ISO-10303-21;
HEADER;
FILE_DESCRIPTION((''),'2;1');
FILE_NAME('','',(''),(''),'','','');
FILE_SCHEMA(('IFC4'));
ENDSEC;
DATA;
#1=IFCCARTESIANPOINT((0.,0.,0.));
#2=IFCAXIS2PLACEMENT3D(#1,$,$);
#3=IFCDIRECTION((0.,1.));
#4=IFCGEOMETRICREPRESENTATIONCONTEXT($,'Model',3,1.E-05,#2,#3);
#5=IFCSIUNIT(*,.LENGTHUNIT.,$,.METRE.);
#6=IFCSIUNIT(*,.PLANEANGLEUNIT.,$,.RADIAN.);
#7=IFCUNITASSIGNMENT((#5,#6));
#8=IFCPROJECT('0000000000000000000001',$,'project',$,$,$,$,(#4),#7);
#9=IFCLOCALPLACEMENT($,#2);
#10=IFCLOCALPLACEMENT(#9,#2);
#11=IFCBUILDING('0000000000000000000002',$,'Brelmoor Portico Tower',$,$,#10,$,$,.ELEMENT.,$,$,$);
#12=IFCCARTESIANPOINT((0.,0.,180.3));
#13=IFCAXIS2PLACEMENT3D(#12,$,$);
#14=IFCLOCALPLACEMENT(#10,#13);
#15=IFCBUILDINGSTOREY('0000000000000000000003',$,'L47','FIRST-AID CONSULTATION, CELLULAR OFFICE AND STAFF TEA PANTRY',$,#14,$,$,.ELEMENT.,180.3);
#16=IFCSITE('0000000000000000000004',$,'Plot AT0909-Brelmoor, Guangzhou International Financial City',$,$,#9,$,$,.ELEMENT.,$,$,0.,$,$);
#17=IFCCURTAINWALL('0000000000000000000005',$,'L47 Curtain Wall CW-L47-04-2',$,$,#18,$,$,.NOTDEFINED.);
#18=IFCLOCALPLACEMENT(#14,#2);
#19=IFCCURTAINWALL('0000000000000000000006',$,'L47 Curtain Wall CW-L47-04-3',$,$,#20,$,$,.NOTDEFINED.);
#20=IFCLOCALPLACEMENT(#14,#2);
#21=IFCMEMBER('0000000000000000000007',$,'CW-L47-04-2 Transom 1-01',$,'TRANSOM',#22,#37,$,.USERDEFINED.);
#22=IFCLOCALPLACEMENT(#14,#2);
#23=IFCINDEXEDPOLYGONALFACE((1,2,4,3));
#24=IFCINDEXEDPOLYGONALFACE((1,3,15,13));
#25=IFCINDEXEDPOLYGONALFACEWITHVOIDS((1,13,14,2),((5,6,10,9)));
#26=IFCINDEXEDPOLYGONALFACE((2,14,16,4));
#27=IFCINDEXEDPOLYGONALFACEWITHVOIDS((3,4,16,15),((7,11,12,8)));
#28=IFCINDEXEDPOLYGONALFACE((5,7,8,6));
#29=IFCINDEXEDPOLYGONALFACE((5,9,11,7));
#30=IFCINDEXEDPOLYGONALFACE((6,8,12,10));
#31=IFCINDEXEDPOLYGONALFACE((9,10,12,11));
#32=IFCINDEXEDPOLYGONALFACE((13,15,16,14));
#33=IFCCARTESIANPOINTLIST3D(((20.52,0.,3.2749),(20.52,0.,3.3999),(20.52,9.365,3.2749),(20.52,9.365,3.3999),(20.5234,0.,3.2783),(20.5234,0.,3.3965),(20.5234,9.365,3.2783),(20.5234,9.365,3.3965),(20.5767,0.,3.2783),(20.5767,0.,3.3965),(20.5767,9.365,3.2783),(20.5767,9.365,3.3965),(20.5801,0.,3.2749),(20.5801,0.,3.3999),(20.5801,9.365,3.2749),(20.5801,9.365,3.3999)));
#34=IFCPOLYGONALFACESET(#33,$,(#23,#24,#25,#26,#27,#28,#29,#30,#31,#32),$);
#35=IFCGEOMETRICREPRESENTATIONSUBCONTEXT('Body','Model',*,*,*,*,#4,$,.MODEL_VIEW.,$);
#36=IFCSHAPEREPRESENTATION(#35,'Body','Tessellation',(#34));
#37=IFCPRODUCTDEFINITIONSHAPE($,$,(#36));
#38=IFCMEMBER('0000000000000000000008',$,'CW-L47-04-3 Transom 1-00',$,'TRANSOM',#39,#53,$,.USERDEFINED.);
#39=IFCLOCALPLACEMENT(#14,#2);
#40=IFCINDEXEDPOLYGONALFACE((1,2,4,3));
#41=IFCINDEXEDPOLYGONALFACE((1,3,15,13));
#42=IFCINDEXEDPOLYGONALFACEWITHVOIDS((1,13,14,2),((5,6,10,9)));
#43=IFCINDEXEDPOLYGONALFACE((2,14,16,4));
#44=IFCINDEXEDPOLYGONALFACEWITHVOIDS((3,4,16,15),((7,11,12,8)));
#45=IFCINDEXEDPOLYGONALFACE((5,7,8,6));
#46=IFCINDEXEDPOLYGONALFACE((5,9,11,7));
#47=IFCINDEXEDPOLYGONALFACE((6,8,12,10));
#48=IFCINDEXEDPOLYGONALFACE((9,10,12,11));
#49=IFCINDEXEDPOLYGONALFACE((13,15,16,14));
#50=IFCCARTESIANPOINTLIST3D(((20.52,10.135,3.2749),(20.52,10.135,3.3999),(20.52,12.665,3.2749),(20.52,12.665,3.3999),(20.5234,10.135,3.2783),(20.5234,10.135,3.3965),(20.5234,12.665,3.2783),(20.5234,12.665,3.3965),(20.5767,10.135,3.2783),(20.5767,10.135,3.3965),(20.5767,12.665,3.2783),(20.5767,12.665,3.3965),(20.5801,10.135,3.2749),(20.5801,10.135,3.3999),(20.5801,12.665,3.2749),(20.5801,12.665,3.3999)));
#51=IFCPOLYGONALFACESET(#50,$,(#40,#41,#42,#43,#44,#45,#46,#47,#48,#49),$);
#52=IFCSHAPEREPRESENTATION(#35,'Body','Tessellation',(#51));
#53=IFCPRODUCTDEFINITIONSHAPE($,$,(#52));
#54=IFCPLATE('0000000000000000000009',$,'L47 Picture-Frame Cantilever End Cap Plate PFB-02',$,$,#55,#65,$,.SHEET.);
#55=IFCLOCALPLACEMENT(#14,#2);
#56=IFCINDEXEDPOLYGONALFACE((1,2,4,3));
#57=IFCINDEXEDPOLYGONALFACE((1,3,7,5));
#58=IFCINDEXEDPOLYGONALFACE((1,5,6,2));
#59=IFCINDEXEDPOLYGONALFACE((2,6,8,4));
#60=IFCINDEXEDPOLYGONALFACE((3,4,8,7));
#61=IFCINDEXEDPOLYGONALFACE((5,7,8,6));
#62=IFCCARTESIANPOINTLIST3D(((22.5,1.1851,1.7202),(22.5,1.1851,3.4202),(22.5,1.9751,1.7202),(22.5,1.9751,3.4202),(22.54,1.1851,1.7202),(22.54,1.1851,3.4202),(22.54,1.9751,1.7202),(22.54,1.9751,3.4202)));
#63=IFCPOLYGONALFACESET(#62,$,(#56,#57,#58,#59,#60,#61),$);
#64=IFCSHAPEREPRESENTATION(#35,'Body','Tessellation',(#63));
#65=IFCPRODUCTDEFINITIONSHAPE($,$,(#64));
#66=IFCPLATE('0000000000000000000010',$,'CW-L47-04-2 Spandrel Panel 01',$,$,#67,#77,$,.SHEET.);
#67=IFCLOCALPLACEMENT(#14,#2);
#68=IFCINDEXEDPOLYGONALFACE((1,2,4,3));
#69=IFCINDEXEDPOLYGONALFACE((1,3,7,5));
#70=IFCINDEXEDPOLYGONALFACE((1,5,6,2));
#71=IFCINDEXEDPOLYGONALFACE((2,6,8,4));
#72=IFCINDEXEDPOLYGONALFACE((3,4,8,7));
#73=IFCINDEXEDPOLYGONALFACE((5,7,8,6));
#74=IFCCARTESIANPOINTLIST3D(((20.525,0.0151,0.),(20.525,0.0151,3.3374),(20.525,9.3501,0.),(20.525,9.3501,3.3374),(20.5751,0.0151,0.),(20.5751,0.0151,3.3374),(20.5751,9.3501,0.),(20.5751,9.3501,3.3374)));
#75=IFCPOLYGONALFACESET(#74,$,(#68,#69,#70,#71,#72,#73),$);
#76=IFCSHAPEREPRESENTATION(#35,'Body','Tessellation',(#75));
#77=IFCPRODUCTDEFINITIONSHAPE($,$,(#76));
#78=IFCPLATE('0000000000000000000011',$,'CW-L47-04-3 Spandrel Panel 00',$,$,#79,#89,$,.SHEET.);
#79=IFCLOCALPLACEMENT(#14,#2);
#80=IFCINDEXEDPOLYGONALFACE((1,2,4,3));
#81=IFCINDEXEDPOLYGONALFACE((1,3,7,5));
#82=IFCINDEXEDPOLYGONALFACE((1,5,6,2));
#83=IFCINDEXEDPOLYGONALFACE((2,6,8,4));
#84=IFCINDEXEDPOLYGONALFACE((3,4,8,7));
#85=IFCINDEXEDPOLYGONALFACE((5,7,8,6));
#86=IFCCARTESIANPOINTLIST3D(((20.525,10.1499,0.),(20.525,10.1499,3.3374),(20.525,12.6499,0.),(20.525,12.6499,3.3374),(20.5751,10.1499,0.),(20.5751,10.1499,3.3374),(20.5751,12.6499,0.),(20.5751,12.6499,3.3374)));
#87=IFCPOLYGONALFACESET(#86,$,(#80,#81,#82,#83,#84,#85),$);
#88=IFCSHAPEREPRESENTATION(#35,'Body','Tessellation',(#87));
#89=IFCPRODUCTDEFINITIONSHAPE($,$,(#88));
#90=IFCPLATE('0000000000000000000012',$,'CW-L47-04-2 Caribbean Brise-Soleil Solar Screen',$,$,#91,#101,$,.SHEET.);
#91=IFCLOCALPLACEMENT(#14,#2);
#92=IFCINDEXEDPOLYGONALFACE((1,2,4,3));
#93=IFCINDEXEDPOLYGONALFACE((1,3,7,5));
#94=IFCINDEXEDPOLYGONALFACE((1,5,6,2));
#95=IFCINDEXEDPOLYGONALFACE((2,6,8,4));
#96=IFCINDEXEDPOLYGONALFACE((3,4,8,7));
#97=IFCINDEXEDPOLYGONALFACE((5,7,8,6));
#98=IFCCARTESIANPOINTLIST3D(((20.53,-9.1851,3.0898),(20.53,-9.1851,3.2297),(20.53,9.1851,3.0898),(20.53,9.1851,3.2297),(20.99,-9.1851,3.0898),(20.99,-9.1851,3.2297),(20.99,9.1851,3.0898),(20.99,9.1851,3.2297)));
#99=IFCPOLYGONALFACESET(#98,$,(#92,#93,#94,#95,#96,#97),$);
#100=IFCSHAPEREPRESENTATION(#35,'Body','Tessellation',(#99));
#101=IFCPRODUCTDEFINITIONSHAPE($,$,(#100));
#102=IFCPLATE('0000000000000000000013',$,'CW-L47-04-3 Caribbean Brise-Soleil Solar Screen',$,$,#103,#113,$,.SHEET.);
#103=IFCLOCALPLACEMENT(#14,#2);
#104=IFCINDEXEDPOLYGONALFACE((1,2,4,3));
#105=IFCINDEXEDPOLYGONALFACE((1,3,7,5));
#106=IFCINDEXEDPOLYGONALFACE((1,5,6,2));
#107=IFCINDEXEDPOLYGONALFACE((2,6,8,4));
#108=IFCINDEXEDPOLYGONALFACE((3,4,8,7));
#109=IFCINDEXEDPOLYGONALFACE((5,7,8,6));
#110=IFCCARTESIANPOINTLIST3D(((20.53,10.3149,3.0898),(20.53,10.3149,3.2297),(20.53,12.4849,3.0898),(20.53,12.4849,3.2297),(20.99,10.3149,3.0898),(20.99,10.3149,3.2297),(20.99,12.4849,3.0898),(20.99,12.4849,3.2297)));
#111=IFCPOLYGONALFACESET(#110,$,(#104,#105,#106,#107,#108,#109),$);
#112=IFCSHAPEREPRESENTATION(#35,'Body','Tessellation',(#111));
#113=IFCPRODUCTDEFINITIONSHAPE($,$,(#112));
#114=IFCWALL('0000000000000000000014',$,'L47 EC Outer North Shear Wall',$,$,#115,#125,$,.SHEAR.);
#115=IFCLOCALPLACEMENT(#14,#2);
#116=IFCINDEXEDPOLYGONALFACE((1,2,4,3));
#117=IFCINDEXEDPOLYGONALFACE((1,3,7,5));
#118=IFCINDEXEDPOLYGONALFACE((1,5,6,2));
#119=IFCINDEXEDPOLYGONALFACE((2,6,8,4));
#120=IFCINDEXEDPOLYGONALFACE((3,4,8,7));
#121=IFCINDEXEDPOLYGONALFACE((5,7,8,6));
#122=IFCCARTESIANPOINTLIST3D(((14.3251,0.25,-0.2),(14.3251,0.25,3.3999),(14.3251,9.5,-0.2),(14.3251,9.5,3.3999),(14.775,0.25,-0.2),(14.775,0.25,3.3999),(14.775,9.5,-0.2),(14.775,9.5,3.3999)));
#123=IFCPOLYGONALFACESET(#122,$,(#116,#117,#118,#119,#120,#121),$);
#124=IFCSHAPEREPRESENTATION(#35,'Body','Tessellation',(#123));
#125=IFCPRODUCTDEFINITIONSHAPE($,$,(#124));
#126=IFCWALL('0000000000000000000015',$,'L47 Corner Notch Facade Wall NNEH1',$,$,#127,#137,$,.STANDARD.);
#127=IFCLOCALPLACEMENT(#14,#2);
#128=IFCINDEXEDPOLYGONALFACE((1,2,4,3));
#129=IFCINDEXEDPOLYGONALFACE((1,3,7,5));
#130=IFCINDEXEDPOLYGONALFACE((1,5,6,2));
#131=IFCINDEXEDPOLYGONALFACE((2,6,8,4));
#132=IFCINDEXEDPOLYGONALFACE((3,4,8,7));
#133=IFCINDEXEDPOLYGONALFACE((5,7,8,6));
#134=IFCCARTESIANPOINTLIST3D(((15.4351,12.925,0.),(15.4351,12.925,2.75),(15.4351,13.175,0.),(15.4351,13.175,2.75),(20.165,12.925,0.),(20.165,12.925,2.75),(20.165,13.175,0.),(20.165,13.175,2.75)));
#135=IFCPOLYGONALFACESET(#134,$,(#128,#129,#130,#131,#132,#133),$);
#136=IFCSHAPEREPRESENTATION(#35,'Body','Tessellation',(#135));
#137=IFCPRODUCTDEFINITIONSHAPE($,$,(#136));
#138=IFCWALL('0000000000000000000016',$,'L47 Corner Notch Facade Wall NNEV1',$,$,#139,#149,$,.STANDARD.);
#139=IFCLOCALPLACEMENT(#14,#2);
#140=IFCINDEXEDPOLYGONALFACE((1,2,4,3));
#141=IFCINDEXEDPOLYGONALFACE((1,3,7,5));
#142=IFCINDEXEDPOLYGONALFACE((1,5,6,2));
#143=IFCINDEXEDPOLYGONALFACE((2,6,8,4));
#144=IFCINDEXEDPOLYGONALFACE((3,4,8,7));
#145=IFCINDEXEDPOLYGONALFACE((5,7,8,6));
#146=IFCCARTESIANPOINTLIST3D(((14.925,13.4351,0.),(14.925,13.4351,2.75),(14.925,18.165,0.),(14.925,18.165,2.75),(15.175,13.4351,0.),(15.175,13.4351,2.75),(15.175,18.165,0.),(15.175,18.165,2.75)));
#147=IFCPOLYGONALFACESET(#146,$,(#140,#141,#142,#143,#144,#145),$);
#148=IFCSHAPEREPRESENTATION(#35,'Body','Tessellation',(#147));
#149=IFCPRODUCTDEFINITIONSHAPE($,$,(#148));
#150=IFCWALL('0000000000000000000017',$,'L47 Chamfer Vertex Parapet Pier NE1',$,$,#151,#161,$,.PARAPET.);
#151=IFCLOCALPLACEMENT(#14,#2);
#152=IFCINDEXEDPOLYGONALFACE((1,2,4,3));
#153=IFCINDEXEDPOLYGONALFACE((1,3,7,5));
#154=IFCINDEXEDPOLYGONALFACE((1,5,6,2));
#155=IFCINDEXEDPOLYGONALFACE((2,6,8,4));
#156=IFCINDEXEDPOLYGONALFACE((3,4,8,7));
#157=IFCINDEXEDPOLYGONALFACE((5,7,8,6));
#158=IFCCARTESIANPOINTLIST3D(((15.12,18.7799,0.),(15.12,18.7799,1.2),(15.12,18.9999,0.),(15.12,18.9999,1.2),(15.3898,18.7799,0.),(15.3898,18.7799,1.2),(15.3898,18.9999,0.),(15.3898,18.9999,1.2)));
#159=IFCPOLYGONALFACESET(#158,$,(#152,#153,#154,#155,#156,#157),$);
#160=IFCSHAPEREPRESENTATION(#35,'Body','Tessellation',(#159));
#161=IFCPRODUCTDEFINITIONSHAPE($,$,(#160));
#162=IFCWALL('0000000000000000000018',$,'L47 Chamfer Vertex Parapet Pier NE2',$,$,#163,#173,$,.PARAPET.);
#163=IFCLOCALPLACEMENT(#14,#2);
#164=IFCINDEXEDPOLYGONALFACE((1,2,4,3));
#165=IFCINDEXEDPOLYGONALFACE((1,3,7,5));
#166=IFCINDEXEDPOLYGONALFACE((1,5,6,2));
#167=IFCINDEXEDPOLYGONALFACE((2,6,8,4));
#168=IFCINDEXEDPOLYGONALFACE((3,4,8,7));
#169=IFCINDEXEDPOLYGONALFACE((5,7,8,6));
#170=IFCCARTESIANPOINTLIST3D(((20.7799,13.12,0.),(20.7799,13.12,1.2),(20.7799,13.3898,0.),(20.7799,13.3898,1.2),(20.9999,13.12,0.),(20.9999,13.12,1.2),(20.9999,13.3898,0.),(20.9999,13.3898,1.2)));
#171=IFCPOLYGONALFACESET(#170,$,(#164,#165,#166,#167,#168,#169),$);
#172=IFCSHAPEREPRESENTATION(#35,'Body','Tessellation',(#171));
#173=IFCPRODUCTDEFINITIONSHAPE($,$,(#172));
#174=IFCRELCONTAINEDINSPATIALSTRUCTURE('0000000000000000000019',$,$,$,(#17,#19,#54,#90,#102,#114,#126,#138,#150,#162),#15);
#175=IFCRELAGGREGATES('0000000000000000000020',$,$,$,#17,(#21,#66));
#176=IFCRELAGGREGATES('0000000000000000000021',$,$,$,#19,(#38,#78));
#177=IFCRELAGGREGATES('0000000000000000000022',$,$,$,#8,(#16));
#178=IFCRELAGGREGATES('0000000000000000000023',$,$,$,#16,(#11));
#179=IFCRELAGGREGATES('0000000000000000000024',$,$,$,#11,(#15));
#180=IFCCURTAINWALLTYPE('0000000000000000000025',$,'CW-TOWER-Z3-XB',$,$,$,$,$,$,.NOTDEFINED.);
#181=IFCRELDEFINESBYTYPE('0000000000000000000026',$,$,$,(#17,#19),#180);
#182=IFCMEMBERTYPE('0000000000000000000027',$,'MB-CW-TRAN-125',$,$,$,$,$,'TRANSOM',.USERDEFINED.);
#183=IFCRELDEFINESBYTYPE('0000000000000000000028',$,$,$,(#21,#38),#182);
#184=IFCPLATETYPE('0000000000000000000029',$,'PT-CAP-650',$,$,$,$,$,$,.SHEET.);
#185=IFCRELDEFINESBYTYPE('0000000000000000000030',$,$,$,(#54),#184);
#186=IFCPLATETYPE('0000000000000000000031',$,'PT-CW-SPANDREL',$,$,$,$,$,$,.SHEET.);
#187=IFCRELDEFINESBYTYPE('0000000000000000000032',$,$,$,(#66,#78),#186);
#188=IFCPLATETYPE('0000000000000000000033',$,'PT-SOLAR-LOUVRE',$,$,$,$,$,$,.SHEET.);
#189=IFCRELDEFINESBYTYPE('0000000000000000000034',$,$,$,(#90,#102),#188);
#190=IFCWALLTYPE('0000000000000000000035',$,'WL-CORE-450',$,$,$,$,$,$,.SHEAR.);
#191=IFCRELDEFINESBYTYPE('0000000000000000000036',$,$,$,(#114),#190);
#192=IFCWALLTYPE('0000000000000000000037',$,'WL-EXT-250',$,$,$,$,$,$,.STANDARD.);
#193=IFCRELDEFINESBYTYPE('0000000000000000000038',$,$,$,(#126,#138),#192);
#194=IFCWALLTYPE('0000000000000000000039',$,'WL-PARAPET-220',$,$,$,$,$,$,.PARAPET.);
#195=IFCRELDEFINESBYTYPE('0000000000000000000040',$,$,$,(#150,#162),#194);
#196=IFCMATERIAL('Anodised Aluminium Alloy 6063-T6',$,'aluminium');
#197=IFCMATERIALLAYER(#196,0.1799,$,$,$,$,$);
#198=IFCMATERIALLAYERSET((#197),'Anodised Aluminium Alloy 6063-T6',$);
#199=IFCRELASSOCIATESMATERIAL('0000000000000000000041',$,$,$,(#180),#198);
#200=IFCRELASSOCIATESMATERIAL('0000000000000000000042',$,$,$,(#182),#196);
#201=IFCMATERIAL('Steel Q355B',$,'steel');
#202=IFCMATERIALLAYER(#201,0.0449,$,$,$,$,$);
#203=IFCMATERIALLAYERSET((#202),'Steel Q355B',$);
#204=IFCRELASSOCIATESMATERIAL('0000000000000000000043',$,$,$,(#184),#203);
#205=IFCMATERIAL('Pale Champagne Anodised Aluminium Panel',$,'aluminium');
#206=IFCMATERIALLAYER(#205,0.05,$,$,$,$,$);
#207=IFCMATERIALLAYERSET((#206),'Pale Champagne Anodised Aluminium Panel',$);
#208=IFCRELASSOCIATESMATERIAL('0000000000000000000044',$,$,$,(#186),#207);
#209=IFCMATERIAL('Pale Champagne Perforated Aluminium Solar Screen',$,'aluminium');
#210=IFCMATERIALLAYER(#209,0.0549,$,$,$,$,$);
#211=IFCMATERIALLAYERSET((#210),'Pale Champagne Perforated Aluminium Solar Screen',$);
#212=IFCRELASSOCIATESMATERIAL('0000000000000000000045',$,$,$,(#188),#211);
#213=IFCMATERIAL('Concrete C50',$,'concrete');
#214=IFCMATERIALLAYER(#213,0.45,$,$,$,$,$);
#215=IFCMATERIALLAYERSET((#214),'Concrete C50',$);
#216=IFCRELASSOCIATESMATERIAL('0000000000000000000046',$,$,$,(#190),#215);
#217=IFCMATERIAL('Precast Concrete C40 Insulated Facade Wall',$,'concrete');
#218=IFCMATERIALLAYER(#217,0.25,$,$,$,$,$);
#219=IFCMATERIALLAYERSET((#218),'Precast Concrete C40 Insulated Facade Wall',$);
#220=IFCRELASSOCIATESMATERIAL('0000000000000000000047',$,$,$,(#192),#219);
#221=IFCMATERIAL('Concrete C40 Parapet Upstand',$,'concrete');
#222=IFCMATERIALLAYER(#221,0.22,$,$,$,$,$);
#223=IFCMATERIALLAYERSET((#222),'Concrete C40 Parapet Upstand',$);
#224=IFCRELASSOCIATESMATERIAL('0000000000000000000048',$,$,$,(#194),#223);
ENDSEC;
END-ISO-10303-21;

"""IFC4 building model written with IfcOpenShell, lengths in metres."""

from ifc_helpers import new_model, si_unit, direction, frame, frame_2d, origin, origin_2d, place, context, subcontext, project, spatial, rectangle, hollow_rectangle, extrude, material, layer, layer_set, material_profile, profile_set, type_object, element, aggregate, save


model = new_model("IFC4")

# Units and contexts
model_context = context("Model", 3, precision=1e-05, world=origin(), true_north=direction((0.0, 1.0)))
body_context = subcontext(model_context, "Body", "Model", "MODEL_VIEW")
ifc_project = project(units=[si_unit("LENGTHUNIT", "METRE"), si_unit("PLANEANGLEUNIT", "RADIAN")], contexts=[model_context])

# Site, building, storey
site_placement = place(None, origin())
site = spatial("IfcSite", under=ifc_project, at=site_placement, Name="Plot AT0909-Brelmoor, Guangzhou International Financial City", CompositionType="ELEMENT", RefElevation=0.0)
building_placement = place(site_placement, origin())
building = spatial("IfcBuilding", under=site, at=building_placement, Name="Brelmoor Portico Tower", CompositionType="ELEMENT")
storey_placement = place(building_placement, frame((0.0, 0.0, 180.3)))
storey = spatial("IfcBuildingStorey", under=building, at=storey_placement, Name="L47", Description="FIRST-AID CONSULTATION, CELLULAR OFFICE AND STAFF TEA PANTRY", CompositionType="ELEMENT", Elevation=180.3)

# Shared definitions
ifc_material_1 = material(Name="Steel Q355B", Category="steel")

# Shared definitions
ifc_material_2 = material(Name="Anodised Aluminium Alloy 6063-T6", Category="aluminium")
ifc_layer_1 = layer(ifc_material_2, 0.1799)
ifc_layer_set_1 = layer_set([ifc_layer_1], Name="Anodised Aluminium Alloy 6063-T6")
curtain_wall_type = type_object("IfcCurtainWallType", Name="CW-TOWER-Z3-XB", PredefinedType="NOTDEFINED", material=ifc_layer_set_1)

# Curtain walls
curtain_wall_1_placement = place(storey_placement, origin())
curtain_wall_1 = element("IfcCurtainWall", 1, at=curtain_wall_1_placement, inside=storey, type_object=curtain_wall_type, Name="L47 Curtain Wall CW-L47-04-2", PredefinedType="NOTDEFINED")
curtain_wall_2_placement = place(storey_placement, origin())
curtain_wall_2 = element("IfcCurtainWall", 2, at=curtain_wall_2_placement, inside=storey, type_object=curtain_wall_type, Name="L47 Curtain Wall CW-L47-04-3", PredefinedType="NOTDEFINED")

# Members
ifc_material_profile_1 = material_profile(ifc_material_2, hollow_rectangle(XDim=0.0601, YDim=0.125, WallThickness=0.0034, at=origin_2d()), Name="ALU TRANSOM 60x125")
ifc_profile_set_1 = profile_set([ifc_material_profile_1], Name="Anodised Aluminium Alloy 6063-T6")
member_type_1 = type_object("IfcMemberType", Name="MB-CW-TRAN-125", ElementType="TRANSOM", PredefinedType="USERDEFINED", material=ifc_profile_set_1)
member_1_placement = place(storey_placement, frame((20.55, 0.0, 3.3374), z_axis=(0.0, 1.0, 0.0), x_axis=(-1.0, 0.0, 0.0)))
member_1 = element("IfcMember", 3, at=member_1_placement, type_object=member_type_1, Name="CW-L47-04-2 Transom 1-01", ObjectType="TRANSOM", PredefinedType="USERDEFINED", context=body_context, shape_type="SweptSolid", body=[
    extrude(hollow_rectangle(XDim=0.0601, YDim=0.125, WallThickness=0.0034, at=origin_2d()), origin(), (0.0, 0.0, 1.0), 9.365),
])
member_2_placement = place(storey_placement, frame((20.55, 10.135, 3.3374), z_axis=(0.0, 1.0, 0.0), x_axis=(-1.0, 0.0, 0.0)))
member_2 = element("IfcMember", 4, at=member_2_placement, type_object=member_type_1, Name="CW-L47-04-3 Transom 1-00", ObjectType="TRANSOM", PredefinedType="USERDEFINED", context=body_context, shape_type="SweptSolid", body=[
    extrude(hollow_rectangle(XDim=0.0601, YDim=0.125, WallThickness=0.0034, at=origin_2d()), origin(), (0.0, 0.0, 1.0), 2.53),
])

# Plates
ifc_layer_2 = layer(ifc_material_1, 0.0449)
ifc_layer_set_2 = layer_set([ifc_layer_2], Name="Steel Q355B")
plate_type_1 = type_object("IfcPlateType", Name="PT-CAP-650", PredefinedType="SHEET", material=ifc_layer_set_2)
plate_1_placement = place(storey_placement, frame((22.52, 1.5801, 1.7202), z_axis=(0.0, 0.0, 1.0), x_axis=(1.0, 0.0, 0.0)))
element("IfcPlate", 5, at=plate_1_placement, inside=storey, type_object=plate_type_1, Name="L47 Picture-Frame Cantilever End Cap Plate PFB-02", PredefinedType="SHEET", context=body_context, shape_type="SweptSolid", body=[
    extrude(rectangle(XDim=0.04, YDim=0.79, at=origin_2d()), origin(), (0.0, 0.0, 1.0), 1.7),
])
ifc_material_3 = material(Name="Pale Champagne Anodised Aluminium Panel", Category="aluminium")
ifc_layer_3 = layer(ifc_material_3, 0.05)
ifc_layer_set_3 = layer_set([ifc_layer_3], Name="Pale Champagne Anodised Aluminium Panel")
plate_type_2 = type_object("IfcPlateType", Name="PT-CW-SPANDREL", PredefinedType="SHEET", material=ifc_layer_set_3)
plate_2_placement = place(storey_placement, frame((20.55, 4.6826, 0.0), z_axis=(0.0, 0.0, 1.0), x_axis=(0.0, 1.0, 0.0)))
plate_2 = element("IfcPlate", 6, at=plate_2_placement, type_object=plate_type_2, Name="CW-L47-04-2 Spandrel Panel 01", PredefinedType="SHEET", context=body_context, shape_type="SweptSolid", body=[
    extrude(rectangle(XDim=9.335, YDim=0.05, at=origin_2d()), origin(), (0.0, 0.0, 1.0), 3.3374),
])
aggregate(curtain_wall_1, [member_1, plate_2])
plate_3_placement = place(storey_placement, frame((20.55, 11.3999, 0.0), z_axis=(0.0, 0.0, 1.0), x_axis=(0.0, 1.0, 0.0)))
plate_3 = element("IfcPlate", 7, at=plate_3_placement, type_object=plate_type_2, Name="CW-L47-04-3 Spandrel Panel 00", PredefinedType="SHEET", context=body_context, shape_type="SweptSolid", body=[
    extrude(rectangle(XDim=2.5, YDim=0.05, at=origin_2d()), origin(), (0.0, 0.0, 1.0), 3.3374),
])
aggregate(curtain_wall_2, [member_2, plate_3])

# Plates
ifc_material_4 = material(Name="Pale Champagne Perforated Aluminium Solar Screen", Category="aluminium")
ifc_layer_4 = layer(ifc_material_4, 0.0549)
ifc_layer_set_4 = layer_set([ifc_layer_4], Name="Pale Champagne Perforated Aluminium Solar Screen")
plate_type_3 = type_object("IfcPlateType", Name="PT-SOLAR-LOUVRE", PredefinedType="SHEET", material=ifc_layer_set_4)
plate_4_placement = place(storey_placement, frame((20.76, 0.0, 3.0898), z_axis=(0.0, 0.0, 1.0), x_axis=(0.0, 1.0, 0.0)))
element("IfcPlate", 8, at=plate_4_placement, inside=storey, type_object=plate_type_3, Name="CW-L47-04-2 Caribbean Brise-Soleil Solar Screen", PredefinedType="SHEET", context=body_context, shape_type="SweptSolid", body=[
    extrude(rectangle(XDim=18.3701, YDim=0.46, at=origin_2d()), origin(), (0.0, 0.0, 1.0), 0.1399),
])
plate_5_placement = place(storey_placement, frame((20.76, 11.3999, 3.0898), z_axis=(0.0, 0.0, 1.0), x_axis=(0.0, 1.0, 0.0)))
element("IfcPlate", 9, at=plate_5_placement, inside=storey, type_object=plate_type_3, Name="CW-L47-04-3 Caribbean Brise-Soleil Solar Screen", PredefinedType="SHEET", context=body_context, shape_type="SweptSolid", body=[
    extrude(rectangle(XDim=2.1699, YDim=0.46, at=origin_2d()), origin(), (0.0, 0.0, 1.0), 0.1399),
])

# Walls
ifc_material_5 = material(Name="Concrete C50", Category="concrete")
ifc_layer_5 = layer(ifc_material_5, 0.45)
ifc_layer_set_5 = layer_set([ifc_layer_5], Name="Concrete C50")
wall_type_1 = type_object("IfcWallType", Name="WL-CORE-450", PredefinedType="SHEAR", material=ifc_layer_set_5)
wall_1_placement = place(storey_placement, frame((14.55, 0.25, -0.2), z_axis=(0.0, 0.0, 1.0), x_axis=(0.0, 1.0, 0.0)))
element("IfcWall", 10, at=wall_1_placement, inside=storey, type_object=wall_type_1, Name="L47 EC Outer North Shear Wall", PredefinedType="SHEAR", context=body_context, shape_type="SweptSolid", body=[
    extrude(rectangle(XDim=9.25, YDim=0.45, at=frame_2d((4.625, 0.0))), origin(), (0.0, 0.0, 1.0), 3.5999),
])
ifc_material_6 = material(Name="Precast Concrete C40 Insulated Facade Wall", Category="concrete")
ifc_layer_6 = layer(ifc_material_6, 0.25)
ifc_layer_set_6 = layer_set([ifc_layer_6], Name="Precast Concrete C40 Insulated Facade Wall")
wall_type_2 = type_object("IfcWallType", Name="WL-EXT-250", PredefinedType="STANDARD", material=ifc_layer_set_6)
for number, where, z_axis, x_axis, name in (
    (11, (15.4351, 13.05, 0.0), (0.0, 0.0, 1.0), (1.0, 0.0, 0.0), "L47 Corner Notch Facade Wall NNEH1"),
    (12, (15.05, 13.4351, 0.0), (0.0, 0.0, 1.0), (0.0, 1.0, 0.0), "L47 Corner Notch Facade Wall NNEV1"),
):
    element("IfcWall", number, at=place(storey_placement, frame(where, z_axis=z_axis, x_axis=x_axis)), inside=storey, type_object=wall_type_2, Name=name, PredefinedType="STANDARD", context=body_context, shape_type="SweptSolid", body=[
        extrude(rectangle(XDim=4.73, YDim=0.25, at=frame_2d((2.365, 0.0))), origin(), (0.0, 0.0, 1.0), 2.75),
    ])
ifc_material_7 = material(Name="Concrete C40 Parapet Upstand", Category="concrete")
ifc_layer_7 = layer(ifc_material_7, 0.22)
ifc_layer_set_7 = layer_set([ifc_layer_7], Name="Concrete C40 Parapet Upstand")
wall_type_3 = type_object("IfcWallType", Name="WL-PARAPET-220", PredefinedType="PARAPET", material=ifc_layer_set_7)
for number, where, z_axis, x_axis, name in (
    (13, (15.1201, 18.8899, 0.0), (0.0, 0.0, 1.0), (1.0, 0.0, 0.0), "L47 Chamfer Vertex Parapet Pier NE1"),
    (14, (20.8899, 13.1201, 0.0), (0.0, 0.0, 1.0), (0.0, 1.0, 0.0), "L47 Chamfer Vertex Parapet Pier NE2"),
):
    element("IfcWall", number, at=place(storey_placement, frame(where, z_axis=z_axis, x_axis=x_axis)), inside=storey, type_object=wall_type_3, Name=name, PredefinedType="PARAPET", context=body_context, shape_type="SweptSolid", body=[
        extrude(rectangle(XDim=0.2698, YDim=0.22, at=frame_2d((0.1348, 0.0))), origin(), (0.0, 0.0, 1.0), 1.2),
    ])

save(model, "model.ifc")
